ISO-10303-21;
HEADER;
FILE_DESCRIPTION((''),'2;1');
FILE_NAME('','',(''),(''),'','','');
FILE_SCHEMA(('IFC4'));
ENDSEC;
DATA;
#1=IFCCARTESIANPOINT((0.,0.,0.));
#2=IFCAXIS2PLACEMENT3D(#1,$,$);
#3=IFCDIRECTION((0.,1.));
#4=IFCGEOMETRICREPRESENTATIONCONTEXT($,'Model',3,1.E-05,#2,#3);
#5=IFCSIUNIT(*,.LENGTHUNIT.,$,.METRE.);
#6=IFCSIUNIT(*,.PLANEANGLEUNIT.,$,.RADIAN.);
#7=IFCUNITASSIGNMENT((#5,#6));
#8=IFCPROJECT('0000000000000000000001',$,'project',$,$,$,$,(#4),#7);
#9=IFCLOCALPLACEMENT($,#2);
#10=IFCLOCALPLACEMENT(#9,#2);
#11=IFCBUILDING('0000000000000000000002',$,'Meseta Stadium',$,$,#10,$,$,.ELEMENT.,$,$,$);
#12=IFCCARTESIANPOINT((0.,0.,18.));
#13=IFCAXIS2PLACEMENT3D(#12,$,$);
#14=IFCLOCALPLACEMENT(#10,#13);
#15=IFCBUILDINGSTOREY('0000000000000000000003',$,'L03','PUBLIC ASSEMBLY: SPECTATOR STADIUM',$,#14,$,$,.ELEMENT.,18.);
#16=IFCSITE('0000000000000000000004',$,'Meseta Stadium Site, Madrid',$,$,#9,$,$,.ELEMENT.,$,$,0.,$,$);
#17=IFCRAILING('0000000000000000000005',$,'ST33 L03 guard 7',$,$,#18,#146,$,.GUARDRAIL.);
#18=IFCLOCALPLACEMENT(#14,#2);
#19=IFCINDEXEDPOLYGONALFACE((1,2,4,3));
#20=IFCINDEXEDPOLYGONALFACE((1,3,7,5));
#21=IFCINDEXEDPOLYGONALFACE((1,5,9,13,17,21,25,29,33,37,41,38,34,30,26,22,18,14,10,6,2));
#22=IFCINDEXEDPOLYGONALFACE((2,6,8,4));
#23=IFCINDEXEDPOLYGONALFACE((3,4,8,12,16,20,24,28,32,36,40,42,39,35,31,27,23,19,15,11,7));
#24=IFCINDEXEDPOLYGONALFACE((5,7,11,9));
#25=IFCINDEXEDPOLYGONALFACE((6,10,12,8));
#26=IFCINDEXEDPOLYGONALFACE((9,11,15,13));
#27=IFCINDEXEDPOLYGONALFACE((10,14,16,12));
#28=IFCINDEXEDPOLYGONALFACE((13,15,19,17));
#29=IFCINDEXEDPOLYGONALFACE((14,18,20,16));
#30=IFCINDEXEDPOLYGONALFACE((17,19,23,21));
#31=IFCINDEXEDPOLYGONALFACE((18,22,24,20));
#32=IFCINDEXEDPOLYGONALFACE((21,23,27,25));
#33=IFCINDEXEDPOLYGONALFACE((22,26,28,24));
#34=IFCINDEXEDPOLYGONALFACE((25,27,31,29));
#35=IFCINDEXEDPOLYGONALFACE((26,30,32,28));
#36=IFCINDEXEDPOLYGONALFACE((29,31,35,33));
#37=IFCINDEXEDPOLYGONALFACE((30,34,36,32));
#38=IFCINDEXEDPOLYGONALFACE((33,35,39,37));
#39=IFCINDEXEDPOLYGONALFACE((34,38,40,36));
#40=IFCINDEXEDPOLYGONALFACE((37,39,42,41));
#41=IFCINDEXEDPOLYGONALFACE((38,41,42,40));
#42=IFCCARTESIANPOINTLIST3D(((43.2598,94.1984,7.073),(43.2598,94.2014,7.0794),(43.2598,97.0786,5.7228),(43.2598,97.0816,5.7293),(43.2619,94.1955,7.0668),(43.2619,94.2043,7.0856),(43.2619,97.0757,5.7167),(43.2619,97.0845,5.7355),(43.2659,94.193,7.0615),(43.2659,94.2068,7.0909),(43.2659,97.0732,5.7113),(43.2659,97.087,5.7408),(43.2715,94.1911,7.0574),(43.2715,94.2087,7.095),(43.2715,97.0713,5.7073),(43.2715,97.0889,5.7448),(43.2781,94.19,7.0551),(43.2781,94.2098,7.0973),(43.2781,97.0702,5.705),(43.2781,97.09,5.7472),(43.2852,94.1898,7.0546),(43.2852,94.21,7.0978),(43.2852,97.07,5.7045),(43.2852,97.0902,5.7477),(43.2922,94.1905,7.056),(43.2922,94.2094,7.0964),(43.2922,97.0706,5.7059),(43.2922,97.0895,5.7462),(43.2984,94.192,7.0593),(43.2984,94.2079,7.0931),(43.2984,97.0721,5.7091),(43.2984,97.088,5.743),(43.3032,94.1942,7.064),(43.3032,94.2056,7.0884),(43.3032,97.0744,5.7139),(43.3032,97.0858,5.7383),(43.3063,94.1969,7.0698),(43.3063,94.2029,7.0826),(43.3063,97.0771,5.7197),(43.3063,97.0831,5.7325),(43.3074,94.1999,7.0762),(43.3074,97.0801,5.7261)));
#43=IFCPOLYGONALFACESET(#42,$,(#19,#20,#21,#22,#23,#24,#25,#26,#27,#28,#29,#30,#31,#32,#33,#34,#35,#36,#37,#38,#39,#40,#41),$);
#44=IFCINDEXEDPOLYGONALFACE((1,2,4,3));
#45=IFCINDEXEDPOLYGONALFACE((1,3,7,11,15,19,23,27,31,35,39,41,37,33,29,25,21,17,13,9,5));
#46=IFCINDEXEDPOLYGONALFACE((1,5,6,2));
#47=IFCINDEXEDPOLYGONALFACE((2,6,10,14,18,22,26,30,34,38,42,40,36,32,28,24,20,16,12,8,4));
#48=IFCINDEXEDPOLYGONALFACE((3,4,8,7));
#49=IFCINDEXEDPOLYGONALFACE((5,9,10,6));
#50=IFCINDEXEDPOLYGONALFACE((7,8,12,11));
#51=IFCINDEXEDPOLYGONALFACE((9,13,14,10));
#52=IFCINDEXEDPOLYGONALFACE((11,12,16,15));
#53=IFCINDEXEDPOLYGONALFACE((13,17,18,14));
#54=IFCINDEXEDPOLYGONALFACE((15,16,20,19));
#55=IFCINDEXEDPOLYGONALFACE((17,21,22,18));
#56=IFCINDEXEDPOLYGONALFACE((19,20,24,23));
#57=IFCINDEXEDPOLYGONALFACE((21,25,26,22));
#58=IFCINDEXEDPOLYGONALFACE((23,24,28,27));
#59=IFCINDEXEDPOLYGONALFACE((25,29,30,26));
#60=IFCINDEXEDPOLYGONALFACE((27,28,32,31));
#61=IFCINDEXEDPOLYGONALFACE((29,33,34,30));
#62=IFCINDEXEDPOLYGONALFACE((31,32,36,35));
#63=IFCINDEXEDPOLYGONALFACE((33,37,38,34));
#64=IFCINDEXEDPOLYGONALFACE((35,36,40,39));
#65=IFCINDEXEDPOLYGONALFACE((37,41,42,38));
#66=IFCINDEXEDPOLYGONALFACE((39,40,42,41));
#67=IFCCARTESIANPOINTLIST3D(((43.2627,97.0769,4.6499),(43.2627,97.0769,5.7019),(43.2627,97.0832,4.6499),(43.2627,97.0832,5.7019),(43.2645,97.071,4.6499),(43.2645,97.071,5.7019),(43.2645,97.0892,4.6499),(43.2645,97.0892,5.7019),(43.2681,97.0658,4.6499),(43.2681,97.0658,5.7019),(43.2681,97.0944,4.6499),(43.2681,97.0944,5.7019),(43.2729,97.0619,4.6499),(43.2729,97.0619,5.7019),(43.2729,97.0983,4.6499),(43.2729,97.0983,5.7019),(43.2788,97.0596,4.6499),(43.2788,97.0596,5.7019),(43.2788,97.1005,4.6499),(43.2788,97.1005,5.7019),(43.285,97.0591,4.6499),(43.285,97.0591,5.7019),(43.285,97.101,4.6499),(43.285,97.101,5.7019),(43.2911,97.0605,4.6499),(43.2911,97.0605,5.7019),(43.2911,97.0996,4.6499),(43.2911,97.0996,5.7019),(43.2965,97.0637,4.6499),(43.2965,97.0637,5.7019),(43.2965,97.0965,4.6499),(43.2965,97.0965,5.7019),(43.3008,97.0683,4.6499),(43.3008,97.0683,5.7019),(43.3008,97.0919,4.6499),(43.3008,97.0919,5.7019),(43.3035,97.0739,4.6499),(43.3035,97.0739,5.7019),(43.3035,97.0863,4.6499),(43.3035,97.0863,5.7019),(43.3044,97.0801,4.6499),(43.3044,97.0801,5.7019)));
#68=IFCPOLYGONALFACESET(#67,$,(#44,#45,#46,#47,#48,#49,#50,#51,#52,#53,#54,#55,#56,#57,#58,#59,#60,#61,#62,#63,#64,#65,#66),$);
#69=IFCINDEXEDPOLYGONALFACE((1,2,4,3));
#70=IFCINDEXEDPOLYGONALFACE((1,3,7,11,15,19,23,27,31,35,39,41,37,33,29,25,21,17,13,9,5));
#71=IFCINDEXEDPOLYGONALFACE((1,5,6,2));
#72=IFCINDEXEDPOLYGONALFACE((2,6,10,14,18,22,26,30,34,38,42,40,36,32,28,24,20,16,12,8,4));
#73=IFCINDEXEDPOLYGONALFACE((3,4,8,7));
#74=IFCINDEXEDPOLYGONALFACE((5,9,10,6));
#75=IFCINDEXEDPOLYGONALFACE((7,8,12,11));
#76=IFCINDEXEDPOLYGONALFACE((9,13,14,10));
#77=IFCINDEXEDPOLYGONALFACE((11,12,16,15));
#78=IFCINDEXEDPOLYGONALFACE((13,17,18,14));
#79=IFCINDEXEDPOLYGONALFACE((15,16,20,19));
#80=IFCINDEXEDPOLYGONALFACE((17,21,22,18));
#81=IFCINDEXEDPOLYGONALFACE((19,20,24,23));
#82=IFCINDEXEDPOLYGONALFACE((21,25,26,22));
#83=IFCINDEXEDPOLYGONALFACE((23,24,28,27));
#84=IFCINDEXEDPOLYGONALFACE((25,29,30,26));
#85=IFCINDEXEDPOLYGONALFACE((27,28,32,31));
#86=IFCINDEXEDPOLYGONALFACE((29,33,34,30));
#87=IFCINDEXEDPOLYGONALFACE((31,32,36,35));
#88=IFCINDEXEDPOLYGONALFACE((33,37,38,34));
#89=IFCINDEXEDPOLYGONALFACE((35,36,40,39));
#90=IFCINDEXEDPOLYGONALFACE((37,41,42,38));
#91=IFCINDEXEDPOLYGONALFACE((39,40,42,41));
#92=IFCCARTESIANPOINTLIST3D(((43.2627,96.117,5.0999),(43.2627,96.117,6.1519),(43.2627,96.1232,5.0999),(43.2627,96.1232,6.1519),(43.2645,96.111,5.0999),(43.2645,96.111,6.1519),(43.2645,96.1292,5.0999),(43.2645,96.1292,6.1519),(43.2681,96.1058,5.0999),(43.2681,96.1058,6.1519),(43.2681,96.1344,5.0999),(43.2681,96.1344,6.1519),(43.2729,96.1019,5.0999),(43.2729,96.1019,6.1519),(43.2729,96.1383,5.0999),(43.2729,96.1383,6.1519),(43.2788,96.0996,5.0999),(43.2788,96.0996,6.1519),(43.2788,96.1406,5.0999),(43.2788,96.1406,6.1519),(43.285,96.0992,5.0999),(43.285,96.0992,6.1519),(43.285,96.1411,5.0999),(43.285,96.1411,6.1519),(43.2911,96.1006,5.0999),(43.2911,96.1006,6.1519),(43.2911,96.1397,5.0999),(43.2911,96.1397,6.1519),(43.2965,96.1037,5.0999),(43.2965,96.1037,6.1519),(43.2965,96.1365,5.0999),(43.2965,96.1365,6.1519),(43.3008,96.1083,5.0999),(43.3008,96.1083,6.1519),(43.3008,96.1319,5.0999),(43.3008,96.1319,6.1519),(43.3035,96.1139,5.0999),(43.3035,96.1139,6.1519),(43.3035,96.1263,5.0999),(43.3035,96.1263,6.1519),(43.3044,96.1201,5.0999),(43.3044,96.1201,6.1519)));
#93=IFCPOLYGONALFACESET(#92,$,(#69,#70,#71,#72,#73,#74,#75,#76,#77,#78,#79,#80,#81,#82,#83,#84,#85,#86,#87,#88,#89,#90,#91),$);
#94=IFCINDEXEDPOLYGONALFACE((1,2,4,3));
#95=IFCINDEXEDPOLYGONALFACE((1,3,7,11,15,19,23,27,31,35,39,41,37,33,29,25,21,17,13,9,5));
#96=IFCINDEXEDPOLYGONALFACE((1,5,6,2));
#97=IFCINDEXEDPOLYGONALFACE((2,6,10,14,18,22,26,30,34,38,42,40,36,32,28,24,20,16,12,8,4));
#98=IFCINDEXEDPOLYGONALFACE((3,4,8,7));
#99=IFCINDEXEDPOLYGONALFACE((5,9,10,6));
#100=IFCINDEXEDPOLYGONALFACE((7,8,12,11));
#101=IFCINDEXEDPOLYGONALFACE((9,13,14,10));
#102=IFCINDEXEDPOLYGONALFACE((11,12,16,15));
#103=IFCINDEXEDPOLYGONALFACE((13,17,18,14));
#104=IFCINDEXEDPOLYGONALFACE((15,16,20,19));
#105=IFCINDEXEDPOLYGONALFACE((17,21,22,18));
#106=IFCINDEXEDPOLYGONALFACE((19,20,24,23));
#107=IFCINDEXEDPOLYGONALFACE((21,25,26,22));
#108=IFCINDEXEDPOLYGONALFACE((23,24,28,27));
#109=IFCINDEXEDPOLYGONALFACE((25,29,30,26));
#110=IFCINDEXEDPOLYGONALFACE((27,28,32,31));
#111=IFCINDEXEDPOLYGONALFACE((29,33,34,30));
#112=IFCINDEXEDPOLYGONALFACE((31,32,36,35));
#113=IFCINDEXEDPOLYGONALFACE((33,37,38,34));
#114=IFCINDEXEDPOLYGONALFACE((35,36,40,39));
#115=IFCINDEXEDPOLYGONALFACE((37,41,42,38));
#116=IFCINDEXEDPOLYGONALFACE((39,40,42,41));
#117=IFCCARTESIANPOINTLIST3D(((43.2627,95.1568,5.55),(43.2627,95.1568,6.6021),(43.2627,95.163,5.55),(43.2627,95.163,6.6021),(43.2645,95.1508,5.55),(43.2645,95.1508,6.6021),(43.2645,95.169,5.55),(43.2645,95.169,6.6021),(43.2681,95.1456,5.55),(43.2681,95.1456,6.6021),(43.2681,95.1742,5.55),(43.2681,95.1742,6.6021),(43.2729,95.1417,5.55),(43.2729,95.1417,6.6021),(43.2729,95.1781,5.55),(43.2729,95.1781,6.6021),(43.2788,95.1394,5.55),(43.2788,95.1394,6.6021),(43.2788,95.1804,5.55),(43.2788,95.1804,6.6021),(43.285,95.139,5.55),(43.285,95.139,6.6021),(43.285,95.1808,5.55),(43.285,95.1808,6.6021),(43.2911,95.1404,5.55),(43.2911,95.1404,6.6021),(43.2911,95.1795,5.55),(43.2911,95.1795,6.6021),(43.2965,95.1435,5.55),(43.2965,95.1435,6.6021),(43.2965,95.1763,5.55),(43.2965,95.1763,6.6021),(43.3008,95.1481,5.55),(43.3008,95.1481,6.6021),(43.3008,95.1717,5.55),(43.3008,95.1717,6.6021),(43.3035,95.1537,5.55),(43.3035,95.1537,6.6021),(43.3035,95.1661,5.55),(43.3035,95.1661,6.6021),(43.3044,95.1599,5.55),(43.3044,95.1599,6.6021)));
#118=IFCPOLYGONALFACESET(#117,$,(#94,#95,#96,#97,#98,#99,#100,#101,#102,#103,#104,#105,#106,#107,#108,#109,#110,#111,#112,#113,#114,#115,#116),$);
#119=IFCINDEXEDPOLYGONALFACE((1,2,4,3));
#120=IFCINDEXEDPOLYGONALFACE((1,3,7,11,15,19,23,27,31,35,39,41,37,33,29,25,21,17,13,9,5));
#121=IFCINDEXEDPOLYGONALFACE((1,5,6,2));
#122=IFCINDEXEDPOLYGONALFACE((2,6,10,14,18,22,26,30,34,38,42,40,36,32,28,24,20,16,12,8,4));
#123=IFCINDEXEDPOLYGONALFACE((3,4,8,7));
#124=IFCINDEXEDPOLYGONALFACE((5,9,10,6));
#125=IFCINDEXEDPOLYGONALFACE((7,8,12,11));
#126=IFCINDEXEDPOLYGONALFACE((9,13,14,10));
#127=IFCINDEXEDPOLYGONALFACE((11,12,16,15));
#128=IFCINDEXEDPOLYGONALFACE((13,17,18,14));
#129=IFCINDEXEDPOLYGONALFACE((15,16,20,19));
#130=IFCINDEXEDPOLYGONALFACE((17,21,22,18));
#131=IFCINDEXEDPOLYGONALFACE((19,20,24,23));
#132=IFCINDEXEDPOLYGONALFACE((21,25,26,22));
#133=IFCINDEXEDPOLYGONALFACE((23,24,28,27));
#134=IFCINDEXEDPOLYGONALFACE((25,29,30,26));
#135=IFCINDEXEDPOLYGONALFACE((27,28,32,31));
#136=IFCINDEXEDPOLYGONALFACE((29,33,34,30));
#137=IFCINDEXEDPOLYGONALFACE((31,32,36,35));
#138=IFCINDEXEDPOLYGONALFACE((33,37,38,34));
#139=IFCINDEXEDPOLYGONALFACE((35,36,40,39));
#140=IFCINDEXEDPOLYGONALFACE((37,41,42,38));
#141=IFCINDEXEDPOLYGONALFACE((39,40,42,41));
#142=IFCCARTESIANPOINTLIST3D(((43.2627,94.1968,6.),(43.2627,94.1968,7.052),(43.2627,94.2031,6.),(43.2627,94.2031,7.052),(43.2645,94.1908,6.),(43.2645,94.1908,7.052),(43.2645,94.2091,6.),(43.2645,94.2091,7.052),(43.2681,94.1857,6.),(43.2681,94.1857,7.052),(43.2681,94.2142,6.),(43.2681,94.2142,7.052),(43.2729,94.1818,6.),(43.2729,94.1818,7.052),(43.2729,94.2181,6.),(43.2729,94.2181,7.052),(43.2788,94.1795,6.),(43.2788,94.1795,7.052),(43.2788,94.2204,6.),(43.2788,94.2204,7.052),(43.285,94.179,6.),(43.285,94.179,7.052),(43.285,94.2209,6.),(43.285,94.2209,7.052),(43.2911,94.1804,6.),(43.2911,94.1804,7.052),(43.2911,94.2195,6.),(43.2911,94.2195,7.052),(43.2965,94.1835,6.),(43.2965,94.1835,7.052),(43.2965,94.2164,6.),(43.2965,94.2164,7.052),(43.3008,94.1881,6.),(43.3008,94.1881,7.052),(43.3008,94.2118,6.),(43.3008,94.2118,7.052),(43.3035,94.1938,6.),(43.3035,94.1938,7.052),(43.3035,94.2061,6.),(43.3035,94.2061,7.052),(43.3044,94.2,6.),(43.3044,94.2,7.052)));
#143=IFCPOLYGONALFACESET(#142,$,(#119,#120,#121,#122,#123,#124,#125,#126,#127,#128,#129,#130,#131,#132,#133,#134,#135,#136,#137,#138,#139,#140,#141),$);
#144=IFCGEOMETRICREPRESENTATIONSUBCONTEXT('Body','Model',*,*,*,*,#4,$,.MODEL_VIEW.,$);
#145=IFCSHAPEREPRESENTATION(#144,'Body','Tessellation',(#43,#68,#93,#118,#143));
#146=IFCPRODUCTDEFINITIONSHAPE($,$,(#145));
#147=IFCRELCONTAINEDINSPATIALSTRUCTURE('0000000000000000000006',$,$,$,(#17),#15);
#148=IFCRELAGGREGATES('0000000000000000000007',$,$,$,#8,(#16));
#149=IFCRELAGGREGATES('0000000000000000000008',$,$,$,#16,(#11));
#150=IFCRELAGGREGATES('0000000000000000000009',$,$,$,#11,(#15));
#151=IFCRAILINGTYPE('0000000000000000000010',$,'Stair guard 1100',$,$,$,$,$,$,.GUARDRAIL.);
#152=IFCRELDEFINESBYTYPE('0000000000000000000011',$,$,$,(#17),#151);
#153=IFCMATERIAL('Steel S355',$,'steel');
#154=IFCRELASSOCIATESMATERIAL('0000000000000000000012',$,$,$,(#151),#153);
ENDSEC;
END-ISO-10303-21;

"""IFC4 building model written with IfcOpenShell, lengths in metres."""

from ifc_helpers import new_model, si_unit, direction, frame, origin, origin_2d, place, context, subcontext, project, spatial, circle, extrude, material, type_object, element, save


model = new_model("IFC4")

# Units and contexts
model_context = context("Model", 3, precision=1e-05, world=origin(), true_north=direction((0.0, 1.0)))
body_context = subcontext(model_context, "Body", "Model", "MODEL_VIEW")
ifc_project = project(units=[si_unit("LENGTHUNIT", "METRE"), si_unit("PLANEANGLEUNIT", "RADIAN")], contexts=[model_context])

# Site, building, storey
site_placement = place(None, origin())
site = spatial("IfcSite", under=ifc_project, at=site_placement, Name="Meseta Stadium Site, Madrid", CompositionType="ELEMENT", RefElevation=0.0)
building_placement = place(site_placement, origin())
building = spatial("IfcBuilding", under=site, at=building_placement, Name="Meseta Stadium", CompositionType="ELEMENT")
storey_placement = place(building_placement, frame((0.0, 0.0, 18.0)))
storey = spatial("IfcBuildingStorey", under=building, at=storey_placement, Name="L03", Description="PUBLIC ASSEMBLY: SPECTATOR STADIUM", CompositionType="ELEMENT", Elevation=18.0)

# Railing
ifc_material_1 = material(Name="Steel S355", Category="steel")
railing_type_1 = type_object("IfcRailingType", Name="Stair guard 1100", PredefinedType="GUARDRAIL", material=ifc_material_1)
railing_1_placement = place(storey_placement, frame((43.2834, 97.0801, 4.6499)))
element("IfcRailing", 1, at=railing_1_placement, inside=storey, type_object=railing_type_1, Name="ST33 L03 guard 7", PredefinedType="GUARDRAIL", context=body_context, shape_type="SweptSolid", body=[
    extrude(circle(Radius=0.0239, at=origin_2d()), frame((0.0, 0.0, 1.0762), z_axis=(0.0, -0.905454, 0.424444), x_axis=(1.0, 0.0, 0.0)), (0.0, 0.0, 1.0), 3.1809),
    extrude(circle(Radius=0.021, at=origin_2d()), origin(), (0.0, 0.0, 1.0), 1.052),
    extrude(circle(Radius=0.021, at=origin_2d()), frame((0.0, -0.96, 0.45)), (0.0, 0.0, 1.0), 1.052),
    extrude(circle(Radius=0.021, at=origin_2d()), frame((0.0, -1.9202, 0.9001)), (0.0, 0.0, 1.0), 1.052),
    extrude(circle(Radius=0.021, at=origin_2d()), frame((0.0, -2.8801, 1.3501)), (0.0, 0.0, 1.0), 1.052),
])

save(model, "model.ifc")
